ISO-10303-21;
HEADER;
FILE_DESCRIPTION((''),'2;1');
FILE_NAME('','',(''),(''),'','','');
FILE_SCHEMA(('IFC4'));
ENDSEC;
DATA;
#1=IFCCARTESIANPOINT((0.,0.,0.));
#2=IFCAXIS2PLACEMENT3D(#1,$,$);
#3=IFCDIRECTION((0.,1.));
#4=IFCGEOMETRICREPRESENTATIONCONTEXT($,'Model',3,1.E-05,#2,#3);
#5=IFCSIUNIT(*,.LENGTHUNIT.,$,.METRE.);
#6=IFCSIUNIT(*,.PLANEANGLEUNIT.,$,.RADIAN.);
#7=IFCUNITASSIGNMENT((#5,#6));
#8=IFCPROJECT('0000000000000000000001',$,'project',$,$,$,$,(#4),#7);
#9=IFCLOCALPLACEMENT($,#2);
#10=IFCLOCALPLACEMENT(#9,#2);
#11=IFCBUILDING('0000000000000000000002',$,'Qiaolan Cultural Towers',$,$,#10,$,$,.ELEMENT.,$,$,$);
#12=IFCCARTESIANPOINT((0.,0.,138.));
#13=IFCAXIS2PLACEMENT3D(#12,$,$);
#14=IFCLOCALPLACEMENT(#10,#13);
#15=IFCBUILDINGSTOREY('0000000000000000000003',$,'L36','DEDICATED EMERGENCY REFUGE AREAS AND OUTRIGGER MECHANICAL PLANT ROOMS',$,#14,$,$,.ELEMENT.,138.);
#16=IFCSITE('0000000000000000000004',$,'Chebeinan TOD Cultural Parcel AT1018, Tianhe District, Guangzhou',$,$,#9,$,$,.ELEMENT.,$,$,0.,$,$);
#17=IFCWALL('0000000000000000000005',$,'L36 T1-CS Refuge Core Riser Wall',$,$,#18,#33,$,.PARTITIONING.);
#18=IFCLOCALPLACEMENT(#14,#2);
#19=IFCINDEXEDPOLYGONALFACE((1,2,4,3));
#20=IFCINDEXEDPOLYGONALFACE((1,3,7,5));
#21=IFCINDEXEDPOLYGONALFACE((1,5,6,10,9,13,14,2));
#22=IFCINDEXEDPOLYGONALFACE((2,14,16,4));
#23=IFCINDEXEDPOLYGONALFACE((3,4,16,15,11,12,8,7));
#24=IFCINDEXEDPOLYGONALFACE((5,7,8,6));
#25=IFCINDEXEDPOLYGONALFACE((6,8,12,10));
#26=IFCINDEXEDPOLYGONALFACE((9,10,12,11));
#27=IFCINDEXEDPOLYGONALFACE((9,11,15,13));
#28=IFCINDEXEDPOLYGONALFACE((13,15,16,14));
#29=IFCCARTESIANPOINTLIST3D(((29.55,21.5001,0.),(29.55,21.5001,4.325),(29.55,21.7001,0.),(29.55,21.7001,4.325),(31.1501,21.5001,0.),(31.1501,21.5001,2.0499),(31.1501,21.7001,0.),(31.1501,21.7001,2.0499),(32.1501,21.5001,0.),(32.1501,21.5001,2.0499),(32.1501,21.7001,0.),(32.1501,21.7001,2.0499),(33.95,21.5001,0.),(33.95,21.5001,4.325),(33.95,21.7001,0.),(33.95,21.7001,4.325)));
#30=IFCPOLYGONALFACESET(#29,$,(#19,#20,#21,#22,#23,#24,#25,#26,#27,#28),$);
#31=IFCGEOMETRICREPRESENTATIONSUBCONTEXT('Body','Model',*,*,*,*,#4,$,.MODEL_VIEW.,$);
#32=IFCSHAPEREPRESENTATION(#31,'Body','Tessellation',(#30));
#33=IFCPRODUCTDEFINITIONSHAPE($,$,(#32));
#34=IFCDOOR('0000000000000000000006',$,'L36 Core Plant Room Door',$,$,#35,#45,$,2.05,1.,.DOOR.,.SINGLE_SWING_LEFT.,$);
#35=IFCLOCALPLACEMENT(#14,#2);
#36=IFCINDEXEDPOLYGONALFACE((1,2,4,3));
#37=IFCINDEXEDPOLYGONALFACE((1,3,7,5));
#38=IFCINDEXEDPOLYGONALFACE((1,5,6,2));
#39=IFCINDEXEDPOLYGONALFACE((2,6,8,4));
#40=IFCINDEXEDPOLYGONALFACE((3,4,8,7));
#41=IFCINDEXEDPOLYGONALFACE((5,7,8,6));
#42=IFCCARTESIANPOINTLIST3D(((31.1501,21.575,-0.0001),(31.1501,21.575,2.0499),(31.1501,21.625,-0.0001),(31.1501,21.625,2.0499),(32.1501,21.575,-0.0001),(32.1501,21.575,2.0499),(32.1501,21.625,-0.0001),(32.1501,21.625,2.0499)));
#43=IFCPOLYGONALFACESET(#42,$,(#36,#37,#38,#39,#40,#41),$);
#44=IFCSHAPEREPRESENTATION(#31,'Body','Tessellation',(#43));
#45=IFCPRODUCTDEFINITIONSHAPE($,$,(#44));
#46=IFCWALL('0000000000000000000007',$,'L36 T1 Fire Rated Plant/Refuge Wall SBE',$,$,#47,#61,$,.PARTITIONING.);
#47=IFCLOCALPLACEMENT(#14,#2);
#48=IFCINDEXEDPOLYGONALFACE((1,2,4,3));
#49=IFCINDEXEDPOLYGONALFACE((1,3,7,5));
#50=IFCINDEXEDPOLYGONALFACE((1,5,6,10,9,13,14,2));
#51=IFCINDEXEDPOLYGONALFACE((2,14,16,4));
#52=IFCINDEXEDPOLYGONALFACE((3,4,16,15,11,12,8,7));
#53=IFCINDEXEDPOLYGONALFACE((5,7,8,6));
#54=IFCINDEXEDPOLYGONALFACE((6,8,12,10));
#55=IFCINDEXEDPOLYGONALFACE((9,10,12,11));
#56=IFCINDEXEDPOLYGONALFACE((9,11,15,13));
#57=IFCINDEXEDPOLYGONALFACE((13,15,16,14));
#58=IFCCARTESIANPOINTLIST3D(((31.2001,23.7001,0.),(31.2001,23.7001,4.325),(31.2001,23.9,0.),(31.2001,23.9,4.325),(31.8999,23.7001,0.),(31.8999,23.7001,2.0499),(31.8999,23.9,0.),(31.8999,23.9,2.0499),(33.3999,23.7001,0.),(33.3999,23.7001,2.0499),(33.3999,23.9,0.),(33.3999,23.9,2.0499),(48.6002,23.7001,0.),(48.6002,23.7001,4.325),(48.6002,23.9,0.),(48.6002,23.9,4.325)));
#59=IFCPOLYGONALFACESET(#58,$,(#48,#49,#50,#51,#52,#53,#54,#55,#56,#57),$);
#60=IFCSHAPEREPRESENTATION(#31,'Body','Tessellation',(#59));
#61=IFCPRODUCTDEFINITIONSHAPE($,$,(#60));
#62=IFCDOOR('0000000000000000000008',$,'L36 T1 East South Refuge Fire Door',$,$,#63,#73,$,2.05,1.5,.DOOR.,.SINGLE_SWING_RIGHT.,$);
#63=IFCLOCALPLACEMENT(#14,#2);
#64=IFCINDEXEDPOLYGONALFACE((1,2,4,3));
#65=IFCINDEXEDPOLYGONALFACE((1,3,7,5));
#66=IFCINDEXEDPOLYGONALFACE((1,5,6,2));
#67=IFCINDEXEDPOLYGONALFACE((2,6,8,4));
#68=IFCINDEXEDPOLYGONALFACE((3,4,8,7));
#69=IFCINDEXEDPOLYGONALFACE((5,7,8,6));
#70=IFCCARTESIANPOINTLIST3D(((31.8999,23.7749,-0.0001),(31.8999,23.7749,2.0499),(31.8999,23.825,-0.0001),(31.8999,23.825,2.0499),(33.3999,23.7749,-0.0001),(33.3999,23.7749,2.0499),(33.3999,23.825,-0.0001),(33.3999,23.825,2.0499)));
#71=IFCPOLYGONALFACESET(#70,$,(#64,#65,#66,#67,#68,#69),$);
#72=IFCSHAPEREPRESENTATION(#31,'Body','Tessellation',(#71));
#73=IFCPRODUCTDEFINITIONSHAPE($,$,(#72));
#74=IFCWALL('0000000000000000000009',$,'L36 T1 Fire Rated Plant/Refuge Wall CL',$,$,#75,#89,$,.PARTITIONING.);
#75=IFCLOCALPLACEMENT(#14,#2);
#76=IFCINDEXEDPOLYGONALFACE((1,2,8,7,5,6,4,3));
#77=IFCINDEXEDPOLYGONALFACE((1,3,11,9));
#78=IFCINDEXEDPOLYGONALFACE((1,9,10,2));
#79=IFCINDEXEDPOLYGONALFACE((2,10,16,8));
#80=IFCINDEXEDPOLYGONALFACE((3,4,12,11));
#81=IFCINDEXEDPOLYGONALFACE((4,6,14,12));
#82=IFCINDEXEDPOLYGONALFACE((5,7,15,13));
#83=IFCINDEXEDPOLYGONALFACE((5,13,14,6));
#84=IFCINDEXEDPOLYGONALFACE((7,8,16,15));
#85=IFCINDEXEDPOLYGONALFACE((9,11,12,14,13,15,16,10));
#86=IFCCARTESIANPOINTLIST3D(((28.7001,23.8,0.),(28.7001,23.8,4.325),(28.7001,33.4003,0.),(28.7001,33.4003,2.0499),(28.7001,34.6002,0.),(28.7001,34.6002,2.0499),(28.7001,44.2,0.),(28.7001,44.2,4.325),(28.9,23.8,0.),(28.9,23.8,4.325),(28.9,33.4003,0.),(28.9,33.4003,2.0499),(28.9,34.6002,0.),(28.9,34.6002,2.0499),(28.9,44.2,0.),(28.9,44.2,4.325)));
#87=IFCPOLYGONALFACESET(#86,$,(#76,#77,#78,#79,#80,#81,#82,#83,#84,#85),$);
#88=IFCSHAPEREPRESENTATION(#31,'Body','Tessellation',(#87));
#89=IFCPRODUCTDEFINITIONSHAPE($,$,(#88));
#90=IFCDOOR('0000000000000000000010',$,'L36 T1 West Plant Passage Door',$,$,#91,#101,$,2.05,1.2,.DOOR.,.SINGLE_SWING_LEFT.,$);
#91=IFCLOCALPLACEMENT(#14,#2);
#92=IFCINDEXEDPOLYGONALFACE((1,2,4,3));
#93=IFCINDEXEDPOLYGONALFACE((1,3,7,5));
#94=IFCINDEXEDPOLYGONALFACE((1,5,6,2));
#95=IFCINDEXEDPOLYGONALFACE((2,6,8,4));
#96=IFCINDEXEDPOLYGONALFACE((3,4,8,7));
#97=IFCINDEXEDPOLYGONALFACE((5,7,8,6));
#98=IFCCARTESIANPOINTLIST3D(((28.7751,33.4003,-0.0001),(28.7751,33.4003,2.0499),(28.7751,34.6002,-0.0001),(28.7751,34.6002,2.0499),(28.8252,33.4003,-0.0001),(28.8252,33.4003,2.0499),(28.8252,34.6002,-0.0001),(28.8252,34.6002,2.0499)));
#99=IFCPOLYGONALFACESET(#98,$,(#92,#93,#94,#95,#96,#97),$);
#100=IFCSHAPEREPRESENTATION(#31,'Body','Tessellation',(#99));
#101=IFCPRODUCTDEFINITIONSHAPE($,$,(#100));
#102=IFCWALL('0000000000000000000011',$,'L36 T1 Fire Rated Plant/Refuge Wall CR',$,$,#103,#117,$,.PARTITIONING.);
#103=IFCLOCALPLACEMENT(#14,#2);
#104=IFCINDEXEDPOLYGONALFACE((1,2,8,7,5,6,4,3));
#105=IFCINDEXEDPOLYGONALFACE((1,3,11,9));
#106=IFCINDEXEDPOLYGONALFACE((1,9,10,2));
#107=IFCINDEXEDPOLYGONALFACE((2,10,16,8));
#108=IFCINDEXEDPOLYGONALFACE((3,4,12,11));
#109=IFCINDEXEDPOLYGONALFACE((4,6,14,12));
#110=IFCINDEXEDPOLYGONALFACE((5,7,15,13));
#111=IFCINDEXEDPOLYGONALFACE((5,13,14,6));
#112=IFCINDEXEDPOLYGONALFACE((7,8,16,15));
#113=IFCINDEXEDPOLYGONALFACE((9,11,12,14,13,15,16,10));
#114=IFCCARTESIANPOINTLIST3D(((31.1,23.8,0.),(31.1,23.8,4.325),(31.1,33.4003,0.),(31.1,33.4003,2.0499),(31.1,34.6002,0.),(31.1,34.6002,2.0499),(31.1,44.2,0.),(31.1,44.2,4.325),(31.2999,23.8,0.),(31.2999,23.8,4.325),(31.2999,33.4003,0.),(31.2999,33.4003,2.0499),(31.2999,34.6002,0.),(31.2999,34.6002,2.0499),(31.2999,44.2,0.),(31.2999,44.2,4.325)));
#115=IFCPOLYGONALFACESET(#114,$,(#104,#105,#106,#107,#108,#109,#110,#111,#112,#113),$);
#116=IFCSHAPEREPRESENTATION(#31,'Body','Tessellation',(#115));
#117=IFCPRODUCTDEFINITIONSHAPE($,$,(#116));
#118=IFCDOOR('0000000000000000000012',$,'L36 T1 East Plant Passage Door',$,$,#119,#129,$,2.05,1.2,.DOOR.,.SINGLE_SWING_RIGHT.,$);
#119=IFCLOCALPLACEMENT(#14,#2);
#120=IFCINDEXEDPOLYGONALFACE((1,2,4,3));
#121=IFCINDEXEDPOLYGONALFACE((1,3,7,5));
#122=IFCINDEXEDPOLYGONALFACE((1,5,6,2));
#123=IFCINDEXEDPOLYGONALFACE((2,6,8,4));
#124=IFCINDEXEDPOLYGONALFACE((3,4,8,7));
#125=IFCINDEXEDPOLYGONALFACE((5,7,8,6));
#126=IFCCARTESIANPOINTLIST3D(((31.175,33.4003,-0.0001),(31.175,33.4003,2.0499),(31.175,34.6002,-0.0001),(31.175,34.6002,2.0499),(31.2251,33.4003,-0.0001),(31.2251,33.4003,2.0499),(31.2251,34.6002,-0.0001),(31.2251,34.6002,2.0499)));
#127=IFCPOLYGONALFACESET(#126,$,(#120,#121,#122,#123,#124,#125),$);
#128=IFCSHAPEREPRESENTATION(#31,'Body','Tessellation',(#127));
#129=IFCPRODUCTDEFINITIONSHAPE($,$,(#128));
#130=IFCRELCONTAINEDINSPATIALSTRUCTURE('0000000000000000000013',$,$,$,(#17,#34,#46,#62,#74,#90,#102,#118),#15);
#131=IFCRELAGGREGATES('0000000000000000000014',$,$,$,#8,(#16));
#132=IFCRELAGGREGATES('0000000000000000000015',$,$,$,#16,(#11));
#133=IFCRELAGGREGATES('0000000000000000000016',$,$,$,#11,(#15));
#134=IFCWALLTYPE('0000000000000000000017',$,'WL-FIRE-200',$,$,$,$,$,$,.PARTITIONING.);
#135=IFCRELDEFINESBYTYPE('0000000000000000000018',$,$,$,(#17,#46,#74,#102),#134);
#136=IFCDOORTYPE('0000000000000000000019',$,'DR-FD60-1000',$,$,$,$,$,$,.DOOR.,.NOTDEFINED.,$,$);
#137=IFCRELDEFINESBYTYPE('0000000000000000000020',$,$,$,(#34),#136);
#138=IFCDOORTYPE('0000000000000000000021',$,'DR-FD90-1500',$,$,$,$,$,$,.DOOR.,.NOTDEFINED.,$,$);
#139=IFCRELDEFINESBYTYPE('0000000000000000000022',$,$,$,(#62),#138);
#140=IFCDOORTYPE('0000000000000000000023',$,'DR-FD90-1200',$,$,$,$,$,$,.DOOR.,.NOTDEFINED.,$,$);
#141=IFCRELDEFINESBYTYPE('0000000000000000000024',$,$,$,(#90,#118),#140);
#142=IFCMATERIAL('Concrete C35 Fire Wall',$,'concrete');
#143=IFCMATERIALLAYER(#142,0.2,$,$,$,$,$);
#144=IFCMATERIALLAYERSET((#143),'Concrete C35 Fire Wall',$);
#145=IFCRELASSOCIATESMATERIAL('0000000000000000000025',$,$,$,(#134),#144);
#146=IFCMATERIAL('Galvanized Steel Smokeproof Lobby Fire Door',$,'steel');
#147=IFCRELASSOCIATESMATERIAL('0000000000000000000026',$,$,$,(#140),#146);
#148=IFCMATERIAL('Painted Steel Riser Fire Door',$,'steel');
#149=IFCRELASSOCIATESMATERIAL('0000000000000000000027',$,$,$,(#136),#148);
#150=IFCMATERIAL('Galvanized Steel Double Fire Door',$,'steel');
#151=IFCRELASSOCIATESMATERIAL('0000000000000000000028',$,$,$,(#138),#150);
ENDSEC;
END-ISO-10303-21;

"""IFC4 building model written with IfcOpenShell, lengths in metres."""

from ifc_helpers import new_model, si_unit, direction, frame, frame_2d, origin, place, context, subcontext, project, spatial, rectangle, extrude, material, layer, layer_set, type_object, element, fill, save


model = new_model("IFC4")

# Units and contexts
model_context = context("Model", 3, precision=1e-05, world=origin(), true_north=direction((0.0, 1.0)))
body_context = subcontext(model_context, "Body", "Model", "MODEL_VIEW")
ifc_project = project(units=[si_unit("LENGTHUNIT", "METRE"), si_unit("PLANEANGLEUNIT", "RADIAN")], contexts=[model_context])

# Site, building, storey
site_placement = place(None, origin())
site = spatial("IfcSite", under=ifc_project, at=site_placement, Name="Chebeinan TOD Cultural Parcel AT1018, Tianhe District, Guangzhou", CompositionType="ELEMENT", RefElevation=0.0)
building_placement = place(site_placement, origin())
building = spatial("IfcBuilding", under=site, at=building_placement, Name="Qiaolan Cultural Towers", CompositionType="ELEMENT")
storey_placement = place(building_placement, frame((0.0, 0.0, 138.0)))
storey = spatial("IfcBuildingStorey", under=building, at=storey_placement, Name="L36", Description="DEDICATED EMERGENCY REFUGE AREAS AND OUTRIGGER MECHANICAL PLANT ROOMS", CompositionType="ELEMENT", Elevation=138.0)

# Shared definitions
ifc_material_1 = material(Name="Concrete C35 Fire Wall", Category="concrete")
ifc_layer_1 = layer(ifc_material_1, 0.2)
ifc_layer_set_1 = layer_set([ifc_layer_1], Name="Concrete C35 Fire Wall")
wall_type_1 = type_object("IfcWallType", Name="WL-FIRE-200", PredefinedType="PARTITIONING", material=ifc_layer_set_1)

# Walls, openings, doors
ifc_material_2 = material(Name="Galvanized Steel Smokeproof Lobby Fire Door", Category="steel")
door_type_1 = type_object("IfcDoorType", Name="DR-FD90-1200", OperationType="NOTDEFINED", PredefinedType="DOOR", material=ifc_material_2)
wall_1_placement = place(storey_placement, frame((29.55, 21.6001, 0.0), z_axis=(0.0, 0.0, 1.0), x_axis=(1.0, 0.0, 0.0)))
wall_1 = element("IfcWall", 1, at=wall_1_placement, inside=storey, type_object=wall_type_1, Name="L36 T1-CS Refuge Core Riser Wall", PredefinedType="PARTITIONING", context=body_context, shape_type="SweptSolid", body=[
    extrude(rectangle(XDim=4.3999, YDim=0.2, at=frame_2d((2.2, 0.0))), origin(), (0.0, 0.0, 1.0), 4.325),
])
opening_1_placement = place(wall_1_placement, frame((1.6001, 0.0, 0.0)))
opening_1 = element("IfcOpeningElement", 2, at=opening_1_placement, cuts=wall_1, PredefinedType="OPENING", context=body_context, shape_type="SweptSolid", body=[
    extrude(rectangle(XDim=1.0, YDim=2.05, at=frame_2d((0.5, 1.0249))), frame((0.0, 0.1099, 0.0), z_axis=(0.0, -1.0, 0.0), x_axis=(1.0, 0.0, 0.0)), (0.0, 0.0, 1.0), 0.22),
])
ifc_material_3 = material(Name="Painted Steel Riser Fire Door", Category="steel")
door_type_2 = type_object("IfcDoorType", Name="DR-FD60-1000", OperationType="NOTDEFINED", PredefinedType="DOOR", material=ifc_material_3)
door_1_placement = place(opening_1_placement, origin())
door_1 = element("IfcDoor", 3, at=door_1_placement, inside=storey, type_object=door_type_2, Name="L36 Core Plant Room Door", OperationType="SINGLE_SWING_LEFT", OverallHeight=2.05, OverallWidth=1.0, PredefinedType="DOOR", context=body_context, shape_type="SweptSolid", body=[
    extrude(rectangle(XDim=1.0, YDim=2.05, at=frame_2d((0.5, 1.0249))), frame((0.0, 0.0249, 0.0), z_axis=(0.0, -1.0, 0.0), x_axis=(1.0, 0.0, 0.0)), (0.0, 0.0, 1.0), 0.05),
])
fill(opening_1, door_1)
wall_2_placement = place(storey_placement, frame((31.2, 23.8, 0.0), z_axis=(0.0, 0.0, 1.0), x_axis=(1.0, 0.0, 0.0)))
wall_2 = element("IfcWall", 4, at=wall_2_placement, inside=storey, type_object=wall_type_1, Name="L36 T1 Fire Rated Plant/Refuge Wall SBE", PredefinedType="PARTITIONING", context=body_context, shape_type="SweptSolid", body=[
    extrude(rectangle(XDim=17.4001, YDim=0.2, at=frame_2d((8.7002, 0.0))), origin(), (0.0, 0.0, 1.0), 4.325),
])
opening_2_placement = place(wall_2_placement, frame((0.7, 0.0, 0.0)))
opening_2 = element("IfcOpeningElement", 5, at=opening_2_placement, cuts=wall_2, PredefinedType="OPENING", context=body_context, shape_type="SweptSolid", body=[
    extrude(rectangle(XDim=1.5, YDim=2.05, at=frame_2d((0.75, 1.0249))), frame((0.0, 0.1099, 0.0), z_axis=(0.0, -1.0, 0.0), x_axis=(1.0, 0.0, 0.0)), (0.0, 0.0, 1.0), 0.22),
])
ifc_material_4 = material(Name="Galvanized Steel Double Fire Door", Category="steel")
door_type_3 = type_object("IfcDoorType", Name="DR-FD90-1500", OperationType="NOTDEFINED", PredefinedType="DOOR", material=ifc_material_4)
door_2_placement = place(opening_2_placement, origin())
door_2 = element("IfcDoor", 6, at=door_2_placement, inside=storey, type_object=door_type_3, Name="L36 T1 East South Refuge Fire Door", OperationType="SINGLE_SWING_RIGHT", OverallHeight=2.05, OverallWidth=1.5, PredefinedType="DOOR", context=body_context, shape_type="SweptSolid", body=[
    extrude(rectangle(XDim=1.5, YDim=2.05, at=frame_2d((0.75, 1.0249))), frame((0.0, 0.0249, 0.0), z_axis=(0.0, -1.0, 0.0), x_axis=(1.0, 0.0, 0.0)), (0.0, 0.0, 1.0), 0.05),
])
fill(opening_2, door_2)
wall_3_placement = place(storey_placement, frame((28.8, 23.8, 0.0), z_axis=(0.0, 0.0, 1.0), x_axis=(0.0, 1.0, 0.0)))
wall_3 = element("IfcWall", 7, at=wall_3_placement, inside=storey, type_object=wall_type_1, Name="L36 T1 Fire Rated Plant/Refuge Wall CL", PredefinedType="PARTITIONING", context=body_context, shape_type="SweptSolid", body=[
    extrude(rectangle(XDim=20.3999, YDim=0.2, at=frame_2d((10.2, 0.0))), origin(), (0.0, 0.0, 1.0), 4.325),
])
opening_3_placement = place(wall_3_placement, frame((9.6001, 0.0, 0.0)))
opening_3 = element("IfcOpeningElement", 8, at=opening_3_placement, cuts=wall_3, PredefinedType="OPENING", context=body_context, shape_type="SweptSolid", body=[
    extrude(rectangle(XDim=1.2, YDim=2.05, at=frame_2d((0.6001, 1.0249))), frame((0.0, 0.1099, 0.0), z_axis=(0.0, -1.0, 0.0), x_axis=(1.0, 0.0, 0.0)), (0.0, 0.0, 1.0), 0.22),
])
door_3_placement = place(opening_3_placement, origin())
door_3 = element("IfcDoor", 9, at=door_3_placement, inside=storey, type_object=door_type_1, Name="L36 T1 West Plant Passage Door", OperationType="SINGLE_SWING_LEFT", OverallHeight=2.05, OverallWidth=1.2, PredefinedType="DOOR", context=body_context, shape_type="SweptSolid", body=[
    extrude(rectangle(XDim=1.2, YDim=2.05, at=frame_2d((0.6001, 1.0249))), frame((0.0, 0.0249, 0.0), z_axis=(0.0, -1.0, 0.0), x_axis=(1.0, 0.0, 0.0)), (0.0, 0.0, 1.0), 0.05),
])
fill(opening_3, door_3)
wall_4_placement = place(storey_placement, frame((31.2, 23.8, 0.0), z_axis=(0.0, 0.0, 1.0), x_axis=(0.0, 1.0, 0.0)))
wall_4 = element("IfcWall", 10, at=wall_4_placement, inside=storey, type_object=wall_type_1, Name="L36 T1 Fire Rated Plant/Refuge Wall CR", PredefinedType="PARTITIONING", context=body_context, shape_type="SweptSolid", body=[
    extrude(rectangle(XDim=20.3999, YDim=0.2, at=frame_2d((10.2, 0.0))), origin(), (0.0, 0.0, 1.0), 4.325),
])
opening_4_placement = place(wall_4_placement, frame((9.6001, 0.0, 0.0)))
opening_4 = element("IfcOpeningElement", 11, at=opening_4_placement, cuts=wall_4, PredefinedType="OPENING", context=body_context, shape_type="SweptSolid", body=[
    extrude(rectangle(XDim=1.2, YDim=2.05, at=frame_2d((0.6001, 1.0249))), frame((0.0, 0.1099, 0.0), z_axis=(0.0, -1.0, 0.0), x_axis=(1.0, 0.0, 0.0)), (0.0, 0.0, 1.0), 0.22),
])
door_4_placement = place(opening_4_placement, origin())
door_4 = element("IfcDoor", 12, at=door_4_placement, inside=storey, type_object=door_type_1, Name="L36 T1 East Plant Passage Door", OperationType="SINGLE_SWING_RIGHT", OverallHeight=2.05, OverallWidth=1.2, PredefinedType="DOOR", context=body_context, shape_type="SweptSolid", body=[
    extrude(rectangle(XDim=1.2, YDim=2.05, at=frame_2d((0.6001, 1.0249))), frame((0.0, 0.0249, 0.0), z_axis=(0.0, -1.0, 0.0), x_axis=(1.0, 0.0, 0.0)), (0.0, 0.0, 1.0), 0.05),
])
fill(opening_4, door_4)

save(model, "model.ifc")
